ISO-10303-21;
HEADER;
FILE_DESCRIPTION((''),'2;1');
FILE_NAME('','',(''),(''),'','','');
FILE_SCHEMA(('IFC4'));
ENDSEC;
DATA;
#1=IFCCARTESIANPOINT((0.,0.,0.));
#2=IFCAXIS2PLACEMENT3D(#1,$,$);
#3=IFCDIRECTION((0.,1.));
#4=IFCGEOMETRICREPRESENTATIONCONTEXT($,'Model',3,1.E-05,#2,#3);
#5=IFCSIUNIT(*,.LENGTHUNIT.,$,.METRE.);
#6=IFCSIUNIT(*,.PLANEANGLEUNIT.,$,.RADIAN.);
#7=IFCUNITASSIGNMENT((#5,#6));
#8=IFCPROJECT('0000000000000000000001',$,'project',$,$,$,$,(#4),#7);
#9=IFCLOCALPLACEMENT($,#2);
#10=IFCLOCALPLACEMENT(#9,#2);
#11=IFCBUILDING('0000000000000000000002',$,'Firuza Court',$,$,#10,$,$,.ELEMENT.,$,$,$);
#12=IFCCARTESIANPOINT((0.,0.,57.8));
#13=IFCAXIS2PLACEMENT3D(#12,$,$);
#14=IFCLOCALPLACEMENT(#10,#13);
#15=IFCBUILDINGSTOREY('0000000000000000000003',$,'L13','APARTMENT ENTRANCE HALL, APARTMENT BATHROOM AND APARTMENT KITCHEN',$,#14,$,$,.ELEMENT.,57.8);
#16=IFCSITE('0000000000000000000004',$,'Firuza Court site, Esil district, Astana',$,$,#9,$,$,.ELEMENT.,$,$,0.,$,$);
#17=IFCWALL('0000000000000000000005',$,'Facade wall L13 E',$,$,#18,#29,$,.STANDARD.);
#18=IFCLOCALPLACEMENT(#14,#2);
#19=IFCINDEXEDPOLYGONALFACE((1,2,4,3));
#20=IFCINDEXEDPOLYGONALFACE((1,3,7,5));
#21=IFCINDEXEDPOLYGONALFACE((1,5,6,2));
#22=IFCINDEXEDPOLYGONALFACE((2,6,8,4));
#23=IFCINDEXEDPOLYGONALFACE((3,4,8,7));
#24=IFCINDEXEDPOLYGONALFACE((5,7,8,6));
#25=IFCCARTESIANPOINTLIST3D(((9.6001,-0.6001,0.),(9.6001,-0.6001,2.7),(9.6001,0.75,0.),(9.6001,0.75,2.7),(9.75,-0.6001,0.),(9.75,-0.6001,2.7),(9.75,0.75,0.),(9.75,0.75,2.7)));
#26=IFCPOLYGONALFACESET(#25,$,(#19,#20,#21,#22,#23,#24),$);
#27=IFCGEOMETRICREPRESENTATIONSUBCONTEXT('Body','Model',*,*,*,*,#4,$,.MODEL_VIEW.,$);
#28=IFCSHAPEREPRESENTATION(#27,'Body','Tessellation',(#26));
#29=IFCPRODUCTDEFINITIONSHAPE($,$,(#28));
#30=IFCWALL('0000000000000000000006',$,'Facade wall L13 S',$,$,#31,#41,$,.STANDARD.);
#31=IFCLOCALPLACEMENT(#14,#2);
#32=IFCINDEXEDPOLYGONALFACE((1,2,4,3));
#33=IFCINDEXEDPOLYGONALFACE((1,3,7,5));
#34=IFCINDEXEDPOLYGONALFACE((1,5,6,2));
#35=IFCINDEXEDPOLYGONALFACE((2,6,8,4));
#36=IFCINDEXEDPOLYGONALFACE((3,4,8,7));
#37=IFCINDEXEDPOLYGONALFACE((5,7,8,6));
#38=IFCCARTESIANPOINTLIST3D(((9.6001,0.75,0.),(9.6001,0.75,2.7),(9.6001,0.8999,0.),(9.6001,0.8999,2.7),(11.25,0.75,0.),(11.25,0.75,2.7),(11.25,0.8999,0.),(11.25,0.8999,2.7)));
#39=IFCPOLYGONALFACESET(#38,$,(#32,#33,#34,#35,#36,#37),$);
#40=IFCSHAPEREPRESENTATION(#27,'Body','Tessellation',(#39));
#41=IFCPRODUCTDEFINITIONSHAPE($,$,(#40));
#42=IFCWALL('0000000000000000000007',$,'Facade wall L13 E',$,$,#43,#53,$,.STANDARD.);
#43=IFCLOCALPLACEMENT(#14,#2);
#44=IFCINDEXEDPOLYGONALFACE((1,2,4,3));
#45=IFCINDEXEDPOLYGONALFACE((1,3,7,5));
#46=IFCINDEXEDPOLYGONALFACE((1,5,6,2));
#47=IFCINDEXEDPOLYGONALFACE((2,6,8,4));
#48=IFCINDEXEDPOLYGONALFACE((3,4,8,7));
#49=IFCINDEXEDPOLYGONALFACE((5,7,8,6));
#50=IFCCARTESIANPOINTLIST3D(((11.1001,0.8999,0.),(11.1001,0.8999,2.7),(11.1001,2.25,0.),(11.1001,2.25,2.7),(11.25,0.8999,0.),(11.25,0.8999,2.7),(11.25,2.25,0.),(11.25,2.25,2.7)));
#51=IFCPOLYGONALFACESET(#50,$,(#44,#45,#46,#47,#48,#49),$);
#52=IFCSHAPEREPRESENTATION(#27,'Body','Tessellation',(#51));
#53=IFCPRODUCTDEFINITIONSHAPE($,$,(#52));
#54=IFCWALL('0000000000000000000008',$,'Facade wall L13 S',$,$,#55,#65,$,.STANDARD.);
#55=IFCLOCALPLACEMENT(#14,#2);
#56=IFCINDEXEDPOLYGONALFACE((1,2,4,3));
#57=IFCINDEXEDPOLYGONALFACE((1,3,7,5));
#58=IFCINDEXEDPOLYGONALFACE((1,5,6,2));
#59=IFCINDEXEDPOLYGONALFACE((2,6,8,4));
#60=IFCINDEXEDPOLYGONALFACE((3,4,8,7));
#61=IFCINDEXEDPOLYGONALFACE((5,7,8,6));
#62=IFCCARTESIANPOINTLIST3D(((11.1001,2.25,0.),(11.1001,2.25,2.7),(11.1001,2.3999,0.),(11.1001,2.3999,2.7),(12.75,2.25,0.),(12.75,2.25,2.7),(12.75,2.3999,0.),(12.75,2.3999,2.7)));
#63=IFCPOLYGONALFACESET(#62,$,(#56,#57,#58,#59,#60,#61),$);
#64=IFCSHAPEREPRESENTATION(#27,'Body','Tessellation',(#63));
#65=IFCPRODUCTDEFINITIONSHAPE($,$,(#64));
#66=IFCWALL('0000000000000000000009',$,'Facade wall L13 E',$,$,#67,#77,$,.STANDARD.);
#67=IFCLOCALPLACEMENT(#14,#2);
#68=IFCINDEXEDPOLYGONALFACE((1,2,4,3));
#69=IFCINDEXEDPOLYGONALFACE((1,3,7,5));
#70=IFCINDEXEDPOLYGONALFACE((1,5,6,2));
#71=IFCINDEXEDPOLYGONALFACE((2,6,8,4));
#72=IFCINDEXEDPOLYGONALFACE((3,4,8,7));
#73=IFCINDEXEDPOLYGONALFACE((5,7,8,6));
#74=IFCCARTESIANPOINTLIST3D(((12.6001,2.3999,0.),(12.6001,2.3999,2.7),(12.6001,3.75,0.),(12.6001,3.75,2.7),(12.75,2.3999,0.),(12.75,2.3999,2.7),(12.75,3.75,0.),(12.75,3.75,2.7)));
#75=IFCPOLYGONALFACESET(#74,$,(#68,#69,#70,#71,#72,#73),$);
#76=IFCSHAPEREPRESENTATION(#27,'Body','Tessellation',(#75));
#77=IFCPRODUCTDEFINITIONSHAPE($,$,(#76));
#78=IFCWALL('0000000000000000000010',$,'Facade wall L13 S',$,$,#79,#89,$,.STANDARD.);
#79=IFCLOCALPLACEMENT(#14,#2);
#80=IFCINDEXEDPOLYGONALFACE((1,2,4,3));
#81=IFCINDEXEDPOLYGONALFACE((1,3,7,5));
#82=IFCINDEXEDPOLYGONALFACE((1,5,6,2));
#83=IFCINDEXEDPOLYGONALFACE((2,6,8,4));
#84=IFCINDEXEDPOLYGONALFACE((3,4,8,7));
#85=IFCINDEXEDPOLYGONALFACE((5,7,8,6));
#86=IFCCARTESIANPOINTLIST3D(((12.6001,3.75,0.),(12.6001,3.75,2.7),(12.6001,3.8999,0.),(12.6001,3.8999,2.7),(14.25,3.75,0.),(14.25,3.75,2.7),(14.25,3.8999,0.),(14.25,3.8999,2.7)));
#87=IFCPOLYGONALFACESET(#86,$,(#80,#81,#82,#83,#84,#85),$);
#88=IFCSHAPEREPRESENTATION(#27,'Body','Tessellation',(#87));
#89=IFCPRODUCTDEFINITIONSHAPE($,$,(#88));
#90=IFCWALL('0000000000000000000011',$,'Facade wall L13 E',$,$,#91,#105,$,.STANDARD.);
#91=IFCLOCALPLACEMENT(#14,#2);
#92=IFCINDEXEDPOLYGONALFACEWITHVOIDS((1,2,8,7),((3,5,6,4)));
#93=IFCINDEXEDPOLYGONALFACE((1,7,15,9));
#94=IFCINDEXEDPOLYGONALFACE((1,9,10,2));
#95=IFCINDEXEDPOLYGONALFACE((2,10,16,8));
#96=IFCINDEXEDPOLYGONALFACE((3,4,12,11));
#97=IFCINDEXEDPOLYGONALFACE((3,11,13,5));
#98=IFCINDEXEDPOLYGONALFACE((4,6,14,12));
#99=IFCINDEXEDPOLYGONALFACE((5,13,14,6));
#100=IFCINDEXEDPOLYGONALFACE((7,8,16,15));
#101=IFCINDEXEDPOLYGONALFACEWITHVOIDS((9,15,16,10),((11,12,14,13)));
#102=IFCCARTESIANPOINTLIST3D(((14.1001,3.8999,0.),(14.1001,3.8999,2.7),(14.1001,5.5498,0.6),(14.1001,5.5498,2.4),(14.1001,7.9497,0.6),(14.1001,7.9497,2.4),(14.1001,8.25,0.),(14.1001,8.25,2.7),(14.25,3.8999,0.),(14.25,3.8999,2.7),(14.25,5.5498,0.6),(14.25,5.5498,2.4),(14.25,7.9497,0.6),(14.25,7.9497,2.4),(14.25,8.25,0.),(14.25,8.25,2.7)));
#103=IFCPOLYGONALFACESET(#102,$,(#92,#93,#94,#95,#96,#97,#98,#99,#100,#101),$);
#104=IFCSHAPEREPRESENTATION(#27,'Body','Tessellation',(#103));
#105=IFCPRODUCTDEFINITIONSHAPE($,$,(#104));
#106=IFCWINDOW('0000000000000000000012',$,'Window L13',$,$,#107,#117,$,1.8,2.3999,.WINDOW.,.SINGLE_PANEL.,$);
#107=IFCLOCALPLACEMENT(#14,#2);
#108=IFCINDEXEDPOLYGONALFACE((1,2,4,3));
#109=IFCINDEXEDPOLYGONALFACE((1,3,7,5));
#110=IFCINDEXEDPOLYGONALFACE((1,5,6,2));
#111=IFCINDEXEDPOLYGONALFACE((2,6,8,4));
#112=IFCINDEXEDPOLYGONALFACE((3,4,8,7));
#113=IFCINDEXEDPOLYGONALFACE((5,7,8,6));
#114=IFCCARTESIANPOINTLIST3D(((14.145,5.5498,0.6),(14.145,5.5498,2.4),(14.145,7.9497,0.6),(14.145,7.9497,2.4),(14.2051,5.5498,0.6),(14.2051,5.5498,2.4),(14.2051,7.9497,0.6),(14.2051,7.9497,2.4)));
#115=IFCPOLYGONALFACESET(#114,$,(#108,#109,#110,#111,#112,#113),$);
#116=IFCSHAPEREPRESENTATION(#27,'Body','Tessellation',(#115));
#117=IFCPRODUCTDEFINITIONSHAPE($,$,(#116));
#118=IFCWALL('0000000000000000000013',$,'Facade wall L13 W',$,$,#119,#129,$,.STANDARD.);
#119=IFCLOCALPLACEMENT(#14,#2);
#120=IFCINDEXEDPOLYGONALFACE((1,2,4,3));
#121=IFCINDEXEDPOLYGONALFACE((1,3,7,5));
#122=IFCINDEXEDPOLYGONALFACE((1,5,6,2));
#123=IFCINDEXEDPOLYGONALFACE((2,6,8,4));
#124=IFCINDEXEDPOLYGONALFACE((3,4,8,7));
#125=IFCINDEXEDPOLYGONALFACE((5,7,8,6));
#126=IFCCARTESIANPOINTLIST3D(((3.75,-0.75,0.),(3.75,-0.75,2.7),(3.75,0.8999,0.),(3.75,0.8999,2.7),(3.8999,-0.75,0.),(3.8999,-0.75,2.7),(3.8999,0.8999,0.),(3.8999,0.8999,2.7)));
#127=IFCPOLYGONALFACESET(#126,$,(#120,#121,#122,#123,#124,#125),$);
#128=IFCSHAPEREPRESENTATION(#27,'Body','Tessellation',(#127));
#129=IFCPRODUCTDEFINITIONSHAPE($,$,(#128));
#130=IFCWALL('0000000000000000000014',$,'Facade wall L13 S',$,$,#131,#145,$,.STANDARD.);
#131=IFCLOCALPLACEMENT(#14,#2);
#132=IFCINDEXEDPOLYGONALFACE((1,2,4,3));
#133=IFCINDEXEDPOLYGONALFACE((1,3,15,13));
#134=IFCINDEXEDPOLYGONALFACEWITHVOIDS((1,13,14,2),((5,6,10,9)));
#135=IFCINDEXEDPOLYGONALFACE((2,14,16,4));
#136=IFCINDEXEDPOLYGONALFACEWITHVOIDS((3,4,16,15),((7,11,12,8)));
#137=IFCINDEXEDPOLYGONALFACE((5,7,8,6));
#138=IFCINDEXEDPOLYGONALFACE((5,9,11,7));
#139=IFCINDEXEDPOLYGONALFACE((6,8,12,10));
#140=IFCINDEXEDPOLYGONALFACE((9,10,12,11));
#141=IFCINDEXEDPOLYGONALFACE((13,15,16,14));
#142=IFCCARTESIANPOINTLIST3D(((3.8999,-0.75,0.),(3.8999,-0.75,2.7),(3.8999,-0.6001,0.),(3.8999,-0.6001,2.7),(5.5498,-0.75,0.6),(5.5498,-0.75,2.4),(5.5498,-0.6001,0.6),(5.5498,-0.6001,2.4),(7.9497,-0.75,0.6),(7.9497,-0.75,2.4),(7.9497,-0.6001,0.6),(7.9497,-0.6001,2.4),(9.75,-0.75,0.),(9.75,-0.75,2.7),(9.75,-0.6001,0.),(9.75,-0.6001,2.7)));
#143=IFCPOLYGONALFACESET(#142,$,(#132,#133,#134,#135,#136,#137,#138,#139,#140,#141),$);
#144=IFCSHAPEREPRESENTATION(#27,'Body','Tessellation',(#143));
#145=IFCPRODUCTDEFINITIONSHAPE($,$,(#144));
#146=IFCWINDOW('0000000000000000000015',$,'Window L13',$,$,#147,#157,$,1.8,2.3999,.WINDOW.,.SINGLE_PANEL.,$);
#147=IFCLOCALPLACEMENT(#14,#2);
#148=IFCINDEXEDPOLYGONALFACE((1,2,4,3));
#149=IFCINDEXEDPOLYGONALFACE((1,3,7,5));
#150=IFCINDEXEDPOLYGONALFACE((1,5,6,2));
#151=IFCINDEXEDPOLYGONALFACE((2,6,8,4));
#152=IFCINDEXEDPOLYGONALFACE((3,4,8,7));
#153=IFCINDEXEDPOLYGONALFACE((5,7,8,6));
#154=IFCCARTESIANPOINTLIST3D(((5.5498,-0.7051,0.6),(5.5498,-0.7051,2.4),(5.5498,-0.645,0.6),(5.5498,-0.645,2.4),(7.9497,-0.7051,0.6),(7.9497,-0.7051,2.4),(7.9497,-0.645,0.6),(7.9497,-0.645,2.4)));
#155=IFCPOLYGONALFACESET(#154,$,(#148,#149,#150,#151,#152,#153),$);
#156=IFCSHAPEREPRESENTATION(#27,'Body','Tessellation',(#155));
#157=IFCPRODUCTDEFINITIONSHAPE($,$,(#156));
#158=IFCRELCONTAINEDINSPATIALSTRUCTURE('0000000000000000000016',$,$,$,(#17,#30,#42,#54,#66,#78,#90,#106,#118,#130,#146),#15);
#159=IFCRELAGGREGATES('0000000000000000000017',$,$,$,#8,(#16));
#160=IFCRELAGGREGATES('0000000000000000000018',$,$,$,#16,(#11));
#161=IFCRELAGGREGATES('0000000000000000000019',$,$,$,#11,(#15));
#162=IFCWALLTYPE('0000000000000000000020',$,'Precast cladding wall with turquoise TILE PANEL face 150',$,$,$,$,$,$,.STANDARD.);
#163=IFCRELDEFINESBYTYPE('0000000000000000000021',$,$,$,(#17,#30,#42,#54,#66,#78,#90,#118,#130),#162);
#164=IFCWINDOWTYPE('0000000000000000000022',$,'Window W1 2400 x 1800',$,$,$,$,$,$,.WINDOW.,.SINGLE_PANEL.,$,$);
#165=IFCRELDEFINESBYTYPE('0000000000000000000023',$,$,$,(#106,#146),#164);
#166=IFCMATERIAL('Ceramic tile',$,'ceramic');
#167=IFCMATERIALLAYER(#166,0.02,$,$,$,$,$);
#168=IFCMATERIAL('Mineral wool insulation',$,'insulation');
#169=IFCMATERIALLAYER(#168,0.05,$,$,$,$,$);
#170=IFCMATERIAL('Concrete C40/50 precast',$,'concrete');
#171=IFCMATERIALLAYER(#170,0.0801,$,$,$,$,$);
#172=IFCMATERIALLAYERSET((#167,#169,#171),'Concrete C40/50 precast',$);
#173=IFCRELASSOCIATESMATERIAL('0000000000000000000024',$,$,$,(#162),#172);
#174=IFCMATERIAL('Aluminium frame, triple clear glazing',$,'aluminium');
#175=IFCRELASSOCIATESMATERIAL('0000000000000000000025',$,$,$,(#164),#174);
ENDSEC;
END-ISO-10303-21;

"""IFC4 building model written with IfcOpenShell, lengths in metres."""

from ifc_helpers import new_model, si_unit, direction, frame, frame_2d, origin, place, context, subcontext, project, spatial, rectangle, extrude, material, layer, layer_set, type_object, element, fill, save


model = new_model("IFC4")

# Units and contexts
model_context = context("Model", 3, precision=1e-05, world=origin(), true_north=direction((0.0, 1.0)))
body_context = subcontext(model_context, "Body", "Model", "MODEL_VIEW")
ifc_project = project(units=[si_unit("LENGTHUNIT", "METRE"), si_unit("PLANEANGLEUNIT", "RADIAN")], contexts=[model_context])

# Site, building, storey
site_placement = place(None, origin())
site = spatial("IfcSite", under=ifc_project, at=site_placement, Name="Firuza Court site, Esil district, Astana", CompositionType="ELEMENT", RefElevation=0.0)
building_placement = place(site_placement, origin())
building = spatial("IfcBuilding", under=site, at=building_placement, Name="Firuza Court", CompositionType="ELEMENT")
storey_placement = place(building_placement, frame((0.0, 0.0, 57.8)))
storey = spatial("IfcBuildingStorey", under=building, at=storey_placement, Name="L13", Description="APARTMENT ENTRANCE HALL, APARTMENT BATHROOM AND APARTMENT KITCHEN", CompositionType="ELEMENT", Elevation=57.8)

# Walls
ifc_material_1 = material(Name="Ceramic tile", Category="ceramic")
ifc_layer_1 = layer(ifc_material_1, 0.02)
ifc_material_2 = material(Name="Mineral wool insulation", Category="insulation")
ifc_layer_2 = layer(ifc_material_2, 0.05)
ifc_material_3 = material(Name="Concrete C40/50 precast", Category="concrete")
ifc_layer_3 = layer(ifc_material_3, 0.0801)
ifc_layer_set_1 = layer_set([ifc_layer_1, ifc_layer_2, ifc_layer_3], Name="Concrete C40/50 precast")
wall_type_1 = type_object("IfcWallType", Name="Precast cladding wall with turquoise TILE PANEL face 150", PredefinedType="STANDARD", material=ifc_layer_set_1)
wall_1_placement = place(storey_placement, frame((9.675, -0.6001, 0.0), z_axis=(0.0, 0.0, 1.0), x_axis=(0.0, 1.0, 0.0)))
element("IfcWall", 1, at=wall_1_placement, inside=storey, type_object=wall_type_1, Name="Facade wall L13 E", PredefinedType="STANDARD", context=body_context, shape_type="SweptSolid", body=[
    extrude(rectangle(XDim=1.3501, YDim=0.1499, at=frame_2d((0.675, 0.0))), origin(), (0.0, 0.0, 1.0), 2.7),
])
wall_2_placement = place(storey_placement, frame((9.6001, 0.825, 0.0), z_axis=(0.0, 0.0, 1.0), x_axis=(1.0, 0.0, 0.0)))
element("IfcWall", 2, at=wall_2_placement, inside=storey, type_object=wall_type_1, Name="Facade wall L13 S", PredefinedType="STANDARD", context=body_context, shape_type="SweptSolid", body=[
    extrude(rectangle(XDim=1.6499, YDim=0.1499, at=frame_2d((0.825, 0.0))), origin(), (0.0, 0.0, 1.0), 2.7),
])
wall_3_placement = place(storey_placement, frame((11.175, 0.8999, 0.0), z_axis=(0.0, 0.0, 1.0), x_axis=(0.0, 1.0, 0.0)))
element("IfcWall", 3, at=wall_3_placement, inside=storey, type_object=wall_type_1, Name="Facade wall L13 E", PredefinedType="STANDARD", context=body_context, shape_type="SweptSolid", body=[
    extrude(rectangle(XDim=1.3501, YDim=0.1499, at=frame_2d((0.675, 0.0))), origin(), (0.0, 0.0, 1.0), 2.7),
])
wall_4_placement = place(storey_placement, frame((11.1001, 2.325, 0.0), z_axis=(0.0, 0.0, 1.0), x_axis=(1.0, 0.0, 0.0)))
element("IfcWall", 4, at=wall_4_placement, inside=storey, type_object=wall_type_1, Name="Facade wall L13 S", PredefinedType="STANDARD", context=body_context, shape_type="SweptSolid", body=[
    extrude(rectangle(XDim=1.6499, YDim=0.1499, at=frame_2d((0.825, 0.0))), origin(), (0.0, 0.0, 1.0), 2.7),
])
wall_5_placement = place(storey_placement, frame((12.675, 2.3999, 0.0), z_axis=(0.0, 0.0, 1.0), x_axis=(0.0, 1.0, 0.0)))
element("IfcWall", 5, at=wall_5_placement, inside=storey, type_object=wall_type_1, Name="Facade wall L13 E", PredefinedType="STANDARD", context=body_context, shape_type="SweptSolid", body=[
    extrude(rectangle(XDim=1.3501, YDim=0.1499, at=frame_2d((0.675, 0.0))), origin(), (0.0, 0.0, 1.0), 2.7),
])
wall_6_placement = place(storey_placement, frame((12.6001, 3.825, 0.0), z_axis=(0.0, 0.0, 1.0), x_axis=(1.0, 0.0, 0.0)))
element("IfcWall", 6, at=wall_6_placement, inside=storey, type_object=wall_type_1, Name="Facade wall L13 S", PredefinedType="STANDARD", context=body_context, shape_type="SweptSolid", body=[
    extrude(rectangle(XDim=1.6499, YDim=0.1499, at=frame_2d((0.825, 0.0))), origin(), (0.0, 0.0, 1.0), 2.7),
])

# Wall, opening, window
wall_7_placement = place(storey_placement, frame((14.175, 3.8999, 0.0), z_axis=(0.0, 0.0, 1.0), x_axis=(0.0, 1.0, 0.0)))
wall_7 = element("IfcWall", 7, at=wall_7_placement, inside=storey, type_object=wall_type_1, Name="Facade wall L13 E", PredefinedType="STANDARD", context=body_context, shape_type="SweptSolid", body=[
    extrude(rectangle(XDim=4.3501, YDim=0.1499, at=frame_2d((2.175, 0.0))), origin(), (0.0, 0.0, 1.0), 2.7),
])
opening_1_placement = place(wall_7_placement, frame((1.6499, 0.0, 0.6001)))
opening_1 = element("IfcOpeningElement", 8, at=opening_1_placement, cuts=wall_7, PredefinedType="OPENING", context=body_context, shape_type="SweptSolid", body=[
    extrude(rectangle(XDim=2.3999, YDim=1.8, at=frame_2d((1.2, 0.8999))), frame((0.0, 0.0869, 0.0), z_axis=(0.0, -1.0, 0.0), x_axis=(1.0, 0.0, 0.0)), (0.0, 0.0, 1.0), 0.1738),
])
ifc_material_4 = material(Name="Aluminium frame, triple clear glazing", Category="aluminium")
window_type = type_object("IfcWindowType", Name="Window W1 2400 x 1800", PartitioningType="SINGLE_PANEL", PredefinedType="WINDOW", material=ifc_material_4)
window_1_placement = place(opening_1_placement, origin())
window_1 = element("IfcWindow", 9, at=window_1_placement, inside=storey, type_object=window_type, Name="Window L13", OverallHeight=1.8, OverallWidth=2.3999, PartitioningType="SINGLE_PANEL", PredefinedType="WINDOW", context=body_context, shape_type="SweptSolid", body=[
    extrude(rectangle(XDim=2.3999, YDim=1.8, at=frame_2d((1.2, 0.8999))), frame((0.0, 0.03, 0.0), z_axis=(0.0, -1.0, 0.0), x_axis=(1.0, 0.0, 0.0)), (0.0, 0.0, 1.0), 0.0601),
])
fill(opening_1, window_1)

# Wall
wall_8_placement = place(storey_placement, frame((3.825, 0.8999, 0.0), z_axis=(0.0, 0.0, 1.0), x_axis=(0.0, -1.0, 0.0)))
element("IfcWall", 10, at=wall_8_placement, inside=storey, type_object=wall_type_1, Name="Facade wall L13 W", PredefinedType="STANDARD", context=body_context, shape_type="SweptSolid", body=[
    extrude(rectangle(XDim=1.6499, YDim=0.1499, at=frame_2d((0.825, 0.0))), origin(), (0.0, 0.0, 1.0), 2.7),
])

# Wall, opening, window
wall_9_placement = place(storey_placement, frame((3.8999, -0.675, 0.0), z_axis=(0.0, 0.0, 1.0), x_axis=(1.0, 0.0, 0.0)))
wall_9 = element("IfcWall", 11, at=wall_9_placement, inside=storey, type_object=wall_type_1, Name="Facade wall L13 S", PredefinedType="STANDARD", context=body_context, shape_type="SweptSolid", body=[
    extrude(rectangle(XDim=5.8501, YDim=0.1499, at=frame_2d((2.925, 0.0))), origin(), (0.0, 0.0, 1.0), 2.7),
])
opening_2_placement = place(wall_9_placement, frame((1.6499, 0.0, 0.6001)))
opening_2 = element("IfcOpeningElement", 12, at=opening_2_placement, cuts=wall_9, PredefinedType="OPENING", context=body_context, shape_type="SweptSolid", body=[
    extrude(rectangle(XDim=2.3999, YDim=1.8, at=frame_2d((1.2, 0.8999))), frame((0.0, 0.0869, 0.0), z_axis=(0.0, -1.0, 0.0), x_axis=(1.0, 0.0, 0.0)), (0.0, 0.0, 1.0), 0.1738),
])
window_2_placement = place(opening_2_placement, origin())
window_2 = element("IfcWindow", 13, at=window_2_placement, inside=storey, type_object=window_type, Name="Window L13", OverallHeight=1.8, OverallWidth=2.3999, PartitioningType="SINGLE_PANEL", PredefinedType="WINDOW", context=body_context, shape_type="SweptSolid", body=[
    extrude(rectangle(XDim=2.3999, YDim=1.8, at=frame_2d((1.2, 0.8999))), frame((0.0, 0.03, 0.0), z_axis=(0.0, -1.0, 0.0), x_axis=(1.0, 0.0, 0.0)), (0.0, 0.0, 1.0), 0.0601),
])
fill(opening_2, window_2)

save(model, "model.ifc")
